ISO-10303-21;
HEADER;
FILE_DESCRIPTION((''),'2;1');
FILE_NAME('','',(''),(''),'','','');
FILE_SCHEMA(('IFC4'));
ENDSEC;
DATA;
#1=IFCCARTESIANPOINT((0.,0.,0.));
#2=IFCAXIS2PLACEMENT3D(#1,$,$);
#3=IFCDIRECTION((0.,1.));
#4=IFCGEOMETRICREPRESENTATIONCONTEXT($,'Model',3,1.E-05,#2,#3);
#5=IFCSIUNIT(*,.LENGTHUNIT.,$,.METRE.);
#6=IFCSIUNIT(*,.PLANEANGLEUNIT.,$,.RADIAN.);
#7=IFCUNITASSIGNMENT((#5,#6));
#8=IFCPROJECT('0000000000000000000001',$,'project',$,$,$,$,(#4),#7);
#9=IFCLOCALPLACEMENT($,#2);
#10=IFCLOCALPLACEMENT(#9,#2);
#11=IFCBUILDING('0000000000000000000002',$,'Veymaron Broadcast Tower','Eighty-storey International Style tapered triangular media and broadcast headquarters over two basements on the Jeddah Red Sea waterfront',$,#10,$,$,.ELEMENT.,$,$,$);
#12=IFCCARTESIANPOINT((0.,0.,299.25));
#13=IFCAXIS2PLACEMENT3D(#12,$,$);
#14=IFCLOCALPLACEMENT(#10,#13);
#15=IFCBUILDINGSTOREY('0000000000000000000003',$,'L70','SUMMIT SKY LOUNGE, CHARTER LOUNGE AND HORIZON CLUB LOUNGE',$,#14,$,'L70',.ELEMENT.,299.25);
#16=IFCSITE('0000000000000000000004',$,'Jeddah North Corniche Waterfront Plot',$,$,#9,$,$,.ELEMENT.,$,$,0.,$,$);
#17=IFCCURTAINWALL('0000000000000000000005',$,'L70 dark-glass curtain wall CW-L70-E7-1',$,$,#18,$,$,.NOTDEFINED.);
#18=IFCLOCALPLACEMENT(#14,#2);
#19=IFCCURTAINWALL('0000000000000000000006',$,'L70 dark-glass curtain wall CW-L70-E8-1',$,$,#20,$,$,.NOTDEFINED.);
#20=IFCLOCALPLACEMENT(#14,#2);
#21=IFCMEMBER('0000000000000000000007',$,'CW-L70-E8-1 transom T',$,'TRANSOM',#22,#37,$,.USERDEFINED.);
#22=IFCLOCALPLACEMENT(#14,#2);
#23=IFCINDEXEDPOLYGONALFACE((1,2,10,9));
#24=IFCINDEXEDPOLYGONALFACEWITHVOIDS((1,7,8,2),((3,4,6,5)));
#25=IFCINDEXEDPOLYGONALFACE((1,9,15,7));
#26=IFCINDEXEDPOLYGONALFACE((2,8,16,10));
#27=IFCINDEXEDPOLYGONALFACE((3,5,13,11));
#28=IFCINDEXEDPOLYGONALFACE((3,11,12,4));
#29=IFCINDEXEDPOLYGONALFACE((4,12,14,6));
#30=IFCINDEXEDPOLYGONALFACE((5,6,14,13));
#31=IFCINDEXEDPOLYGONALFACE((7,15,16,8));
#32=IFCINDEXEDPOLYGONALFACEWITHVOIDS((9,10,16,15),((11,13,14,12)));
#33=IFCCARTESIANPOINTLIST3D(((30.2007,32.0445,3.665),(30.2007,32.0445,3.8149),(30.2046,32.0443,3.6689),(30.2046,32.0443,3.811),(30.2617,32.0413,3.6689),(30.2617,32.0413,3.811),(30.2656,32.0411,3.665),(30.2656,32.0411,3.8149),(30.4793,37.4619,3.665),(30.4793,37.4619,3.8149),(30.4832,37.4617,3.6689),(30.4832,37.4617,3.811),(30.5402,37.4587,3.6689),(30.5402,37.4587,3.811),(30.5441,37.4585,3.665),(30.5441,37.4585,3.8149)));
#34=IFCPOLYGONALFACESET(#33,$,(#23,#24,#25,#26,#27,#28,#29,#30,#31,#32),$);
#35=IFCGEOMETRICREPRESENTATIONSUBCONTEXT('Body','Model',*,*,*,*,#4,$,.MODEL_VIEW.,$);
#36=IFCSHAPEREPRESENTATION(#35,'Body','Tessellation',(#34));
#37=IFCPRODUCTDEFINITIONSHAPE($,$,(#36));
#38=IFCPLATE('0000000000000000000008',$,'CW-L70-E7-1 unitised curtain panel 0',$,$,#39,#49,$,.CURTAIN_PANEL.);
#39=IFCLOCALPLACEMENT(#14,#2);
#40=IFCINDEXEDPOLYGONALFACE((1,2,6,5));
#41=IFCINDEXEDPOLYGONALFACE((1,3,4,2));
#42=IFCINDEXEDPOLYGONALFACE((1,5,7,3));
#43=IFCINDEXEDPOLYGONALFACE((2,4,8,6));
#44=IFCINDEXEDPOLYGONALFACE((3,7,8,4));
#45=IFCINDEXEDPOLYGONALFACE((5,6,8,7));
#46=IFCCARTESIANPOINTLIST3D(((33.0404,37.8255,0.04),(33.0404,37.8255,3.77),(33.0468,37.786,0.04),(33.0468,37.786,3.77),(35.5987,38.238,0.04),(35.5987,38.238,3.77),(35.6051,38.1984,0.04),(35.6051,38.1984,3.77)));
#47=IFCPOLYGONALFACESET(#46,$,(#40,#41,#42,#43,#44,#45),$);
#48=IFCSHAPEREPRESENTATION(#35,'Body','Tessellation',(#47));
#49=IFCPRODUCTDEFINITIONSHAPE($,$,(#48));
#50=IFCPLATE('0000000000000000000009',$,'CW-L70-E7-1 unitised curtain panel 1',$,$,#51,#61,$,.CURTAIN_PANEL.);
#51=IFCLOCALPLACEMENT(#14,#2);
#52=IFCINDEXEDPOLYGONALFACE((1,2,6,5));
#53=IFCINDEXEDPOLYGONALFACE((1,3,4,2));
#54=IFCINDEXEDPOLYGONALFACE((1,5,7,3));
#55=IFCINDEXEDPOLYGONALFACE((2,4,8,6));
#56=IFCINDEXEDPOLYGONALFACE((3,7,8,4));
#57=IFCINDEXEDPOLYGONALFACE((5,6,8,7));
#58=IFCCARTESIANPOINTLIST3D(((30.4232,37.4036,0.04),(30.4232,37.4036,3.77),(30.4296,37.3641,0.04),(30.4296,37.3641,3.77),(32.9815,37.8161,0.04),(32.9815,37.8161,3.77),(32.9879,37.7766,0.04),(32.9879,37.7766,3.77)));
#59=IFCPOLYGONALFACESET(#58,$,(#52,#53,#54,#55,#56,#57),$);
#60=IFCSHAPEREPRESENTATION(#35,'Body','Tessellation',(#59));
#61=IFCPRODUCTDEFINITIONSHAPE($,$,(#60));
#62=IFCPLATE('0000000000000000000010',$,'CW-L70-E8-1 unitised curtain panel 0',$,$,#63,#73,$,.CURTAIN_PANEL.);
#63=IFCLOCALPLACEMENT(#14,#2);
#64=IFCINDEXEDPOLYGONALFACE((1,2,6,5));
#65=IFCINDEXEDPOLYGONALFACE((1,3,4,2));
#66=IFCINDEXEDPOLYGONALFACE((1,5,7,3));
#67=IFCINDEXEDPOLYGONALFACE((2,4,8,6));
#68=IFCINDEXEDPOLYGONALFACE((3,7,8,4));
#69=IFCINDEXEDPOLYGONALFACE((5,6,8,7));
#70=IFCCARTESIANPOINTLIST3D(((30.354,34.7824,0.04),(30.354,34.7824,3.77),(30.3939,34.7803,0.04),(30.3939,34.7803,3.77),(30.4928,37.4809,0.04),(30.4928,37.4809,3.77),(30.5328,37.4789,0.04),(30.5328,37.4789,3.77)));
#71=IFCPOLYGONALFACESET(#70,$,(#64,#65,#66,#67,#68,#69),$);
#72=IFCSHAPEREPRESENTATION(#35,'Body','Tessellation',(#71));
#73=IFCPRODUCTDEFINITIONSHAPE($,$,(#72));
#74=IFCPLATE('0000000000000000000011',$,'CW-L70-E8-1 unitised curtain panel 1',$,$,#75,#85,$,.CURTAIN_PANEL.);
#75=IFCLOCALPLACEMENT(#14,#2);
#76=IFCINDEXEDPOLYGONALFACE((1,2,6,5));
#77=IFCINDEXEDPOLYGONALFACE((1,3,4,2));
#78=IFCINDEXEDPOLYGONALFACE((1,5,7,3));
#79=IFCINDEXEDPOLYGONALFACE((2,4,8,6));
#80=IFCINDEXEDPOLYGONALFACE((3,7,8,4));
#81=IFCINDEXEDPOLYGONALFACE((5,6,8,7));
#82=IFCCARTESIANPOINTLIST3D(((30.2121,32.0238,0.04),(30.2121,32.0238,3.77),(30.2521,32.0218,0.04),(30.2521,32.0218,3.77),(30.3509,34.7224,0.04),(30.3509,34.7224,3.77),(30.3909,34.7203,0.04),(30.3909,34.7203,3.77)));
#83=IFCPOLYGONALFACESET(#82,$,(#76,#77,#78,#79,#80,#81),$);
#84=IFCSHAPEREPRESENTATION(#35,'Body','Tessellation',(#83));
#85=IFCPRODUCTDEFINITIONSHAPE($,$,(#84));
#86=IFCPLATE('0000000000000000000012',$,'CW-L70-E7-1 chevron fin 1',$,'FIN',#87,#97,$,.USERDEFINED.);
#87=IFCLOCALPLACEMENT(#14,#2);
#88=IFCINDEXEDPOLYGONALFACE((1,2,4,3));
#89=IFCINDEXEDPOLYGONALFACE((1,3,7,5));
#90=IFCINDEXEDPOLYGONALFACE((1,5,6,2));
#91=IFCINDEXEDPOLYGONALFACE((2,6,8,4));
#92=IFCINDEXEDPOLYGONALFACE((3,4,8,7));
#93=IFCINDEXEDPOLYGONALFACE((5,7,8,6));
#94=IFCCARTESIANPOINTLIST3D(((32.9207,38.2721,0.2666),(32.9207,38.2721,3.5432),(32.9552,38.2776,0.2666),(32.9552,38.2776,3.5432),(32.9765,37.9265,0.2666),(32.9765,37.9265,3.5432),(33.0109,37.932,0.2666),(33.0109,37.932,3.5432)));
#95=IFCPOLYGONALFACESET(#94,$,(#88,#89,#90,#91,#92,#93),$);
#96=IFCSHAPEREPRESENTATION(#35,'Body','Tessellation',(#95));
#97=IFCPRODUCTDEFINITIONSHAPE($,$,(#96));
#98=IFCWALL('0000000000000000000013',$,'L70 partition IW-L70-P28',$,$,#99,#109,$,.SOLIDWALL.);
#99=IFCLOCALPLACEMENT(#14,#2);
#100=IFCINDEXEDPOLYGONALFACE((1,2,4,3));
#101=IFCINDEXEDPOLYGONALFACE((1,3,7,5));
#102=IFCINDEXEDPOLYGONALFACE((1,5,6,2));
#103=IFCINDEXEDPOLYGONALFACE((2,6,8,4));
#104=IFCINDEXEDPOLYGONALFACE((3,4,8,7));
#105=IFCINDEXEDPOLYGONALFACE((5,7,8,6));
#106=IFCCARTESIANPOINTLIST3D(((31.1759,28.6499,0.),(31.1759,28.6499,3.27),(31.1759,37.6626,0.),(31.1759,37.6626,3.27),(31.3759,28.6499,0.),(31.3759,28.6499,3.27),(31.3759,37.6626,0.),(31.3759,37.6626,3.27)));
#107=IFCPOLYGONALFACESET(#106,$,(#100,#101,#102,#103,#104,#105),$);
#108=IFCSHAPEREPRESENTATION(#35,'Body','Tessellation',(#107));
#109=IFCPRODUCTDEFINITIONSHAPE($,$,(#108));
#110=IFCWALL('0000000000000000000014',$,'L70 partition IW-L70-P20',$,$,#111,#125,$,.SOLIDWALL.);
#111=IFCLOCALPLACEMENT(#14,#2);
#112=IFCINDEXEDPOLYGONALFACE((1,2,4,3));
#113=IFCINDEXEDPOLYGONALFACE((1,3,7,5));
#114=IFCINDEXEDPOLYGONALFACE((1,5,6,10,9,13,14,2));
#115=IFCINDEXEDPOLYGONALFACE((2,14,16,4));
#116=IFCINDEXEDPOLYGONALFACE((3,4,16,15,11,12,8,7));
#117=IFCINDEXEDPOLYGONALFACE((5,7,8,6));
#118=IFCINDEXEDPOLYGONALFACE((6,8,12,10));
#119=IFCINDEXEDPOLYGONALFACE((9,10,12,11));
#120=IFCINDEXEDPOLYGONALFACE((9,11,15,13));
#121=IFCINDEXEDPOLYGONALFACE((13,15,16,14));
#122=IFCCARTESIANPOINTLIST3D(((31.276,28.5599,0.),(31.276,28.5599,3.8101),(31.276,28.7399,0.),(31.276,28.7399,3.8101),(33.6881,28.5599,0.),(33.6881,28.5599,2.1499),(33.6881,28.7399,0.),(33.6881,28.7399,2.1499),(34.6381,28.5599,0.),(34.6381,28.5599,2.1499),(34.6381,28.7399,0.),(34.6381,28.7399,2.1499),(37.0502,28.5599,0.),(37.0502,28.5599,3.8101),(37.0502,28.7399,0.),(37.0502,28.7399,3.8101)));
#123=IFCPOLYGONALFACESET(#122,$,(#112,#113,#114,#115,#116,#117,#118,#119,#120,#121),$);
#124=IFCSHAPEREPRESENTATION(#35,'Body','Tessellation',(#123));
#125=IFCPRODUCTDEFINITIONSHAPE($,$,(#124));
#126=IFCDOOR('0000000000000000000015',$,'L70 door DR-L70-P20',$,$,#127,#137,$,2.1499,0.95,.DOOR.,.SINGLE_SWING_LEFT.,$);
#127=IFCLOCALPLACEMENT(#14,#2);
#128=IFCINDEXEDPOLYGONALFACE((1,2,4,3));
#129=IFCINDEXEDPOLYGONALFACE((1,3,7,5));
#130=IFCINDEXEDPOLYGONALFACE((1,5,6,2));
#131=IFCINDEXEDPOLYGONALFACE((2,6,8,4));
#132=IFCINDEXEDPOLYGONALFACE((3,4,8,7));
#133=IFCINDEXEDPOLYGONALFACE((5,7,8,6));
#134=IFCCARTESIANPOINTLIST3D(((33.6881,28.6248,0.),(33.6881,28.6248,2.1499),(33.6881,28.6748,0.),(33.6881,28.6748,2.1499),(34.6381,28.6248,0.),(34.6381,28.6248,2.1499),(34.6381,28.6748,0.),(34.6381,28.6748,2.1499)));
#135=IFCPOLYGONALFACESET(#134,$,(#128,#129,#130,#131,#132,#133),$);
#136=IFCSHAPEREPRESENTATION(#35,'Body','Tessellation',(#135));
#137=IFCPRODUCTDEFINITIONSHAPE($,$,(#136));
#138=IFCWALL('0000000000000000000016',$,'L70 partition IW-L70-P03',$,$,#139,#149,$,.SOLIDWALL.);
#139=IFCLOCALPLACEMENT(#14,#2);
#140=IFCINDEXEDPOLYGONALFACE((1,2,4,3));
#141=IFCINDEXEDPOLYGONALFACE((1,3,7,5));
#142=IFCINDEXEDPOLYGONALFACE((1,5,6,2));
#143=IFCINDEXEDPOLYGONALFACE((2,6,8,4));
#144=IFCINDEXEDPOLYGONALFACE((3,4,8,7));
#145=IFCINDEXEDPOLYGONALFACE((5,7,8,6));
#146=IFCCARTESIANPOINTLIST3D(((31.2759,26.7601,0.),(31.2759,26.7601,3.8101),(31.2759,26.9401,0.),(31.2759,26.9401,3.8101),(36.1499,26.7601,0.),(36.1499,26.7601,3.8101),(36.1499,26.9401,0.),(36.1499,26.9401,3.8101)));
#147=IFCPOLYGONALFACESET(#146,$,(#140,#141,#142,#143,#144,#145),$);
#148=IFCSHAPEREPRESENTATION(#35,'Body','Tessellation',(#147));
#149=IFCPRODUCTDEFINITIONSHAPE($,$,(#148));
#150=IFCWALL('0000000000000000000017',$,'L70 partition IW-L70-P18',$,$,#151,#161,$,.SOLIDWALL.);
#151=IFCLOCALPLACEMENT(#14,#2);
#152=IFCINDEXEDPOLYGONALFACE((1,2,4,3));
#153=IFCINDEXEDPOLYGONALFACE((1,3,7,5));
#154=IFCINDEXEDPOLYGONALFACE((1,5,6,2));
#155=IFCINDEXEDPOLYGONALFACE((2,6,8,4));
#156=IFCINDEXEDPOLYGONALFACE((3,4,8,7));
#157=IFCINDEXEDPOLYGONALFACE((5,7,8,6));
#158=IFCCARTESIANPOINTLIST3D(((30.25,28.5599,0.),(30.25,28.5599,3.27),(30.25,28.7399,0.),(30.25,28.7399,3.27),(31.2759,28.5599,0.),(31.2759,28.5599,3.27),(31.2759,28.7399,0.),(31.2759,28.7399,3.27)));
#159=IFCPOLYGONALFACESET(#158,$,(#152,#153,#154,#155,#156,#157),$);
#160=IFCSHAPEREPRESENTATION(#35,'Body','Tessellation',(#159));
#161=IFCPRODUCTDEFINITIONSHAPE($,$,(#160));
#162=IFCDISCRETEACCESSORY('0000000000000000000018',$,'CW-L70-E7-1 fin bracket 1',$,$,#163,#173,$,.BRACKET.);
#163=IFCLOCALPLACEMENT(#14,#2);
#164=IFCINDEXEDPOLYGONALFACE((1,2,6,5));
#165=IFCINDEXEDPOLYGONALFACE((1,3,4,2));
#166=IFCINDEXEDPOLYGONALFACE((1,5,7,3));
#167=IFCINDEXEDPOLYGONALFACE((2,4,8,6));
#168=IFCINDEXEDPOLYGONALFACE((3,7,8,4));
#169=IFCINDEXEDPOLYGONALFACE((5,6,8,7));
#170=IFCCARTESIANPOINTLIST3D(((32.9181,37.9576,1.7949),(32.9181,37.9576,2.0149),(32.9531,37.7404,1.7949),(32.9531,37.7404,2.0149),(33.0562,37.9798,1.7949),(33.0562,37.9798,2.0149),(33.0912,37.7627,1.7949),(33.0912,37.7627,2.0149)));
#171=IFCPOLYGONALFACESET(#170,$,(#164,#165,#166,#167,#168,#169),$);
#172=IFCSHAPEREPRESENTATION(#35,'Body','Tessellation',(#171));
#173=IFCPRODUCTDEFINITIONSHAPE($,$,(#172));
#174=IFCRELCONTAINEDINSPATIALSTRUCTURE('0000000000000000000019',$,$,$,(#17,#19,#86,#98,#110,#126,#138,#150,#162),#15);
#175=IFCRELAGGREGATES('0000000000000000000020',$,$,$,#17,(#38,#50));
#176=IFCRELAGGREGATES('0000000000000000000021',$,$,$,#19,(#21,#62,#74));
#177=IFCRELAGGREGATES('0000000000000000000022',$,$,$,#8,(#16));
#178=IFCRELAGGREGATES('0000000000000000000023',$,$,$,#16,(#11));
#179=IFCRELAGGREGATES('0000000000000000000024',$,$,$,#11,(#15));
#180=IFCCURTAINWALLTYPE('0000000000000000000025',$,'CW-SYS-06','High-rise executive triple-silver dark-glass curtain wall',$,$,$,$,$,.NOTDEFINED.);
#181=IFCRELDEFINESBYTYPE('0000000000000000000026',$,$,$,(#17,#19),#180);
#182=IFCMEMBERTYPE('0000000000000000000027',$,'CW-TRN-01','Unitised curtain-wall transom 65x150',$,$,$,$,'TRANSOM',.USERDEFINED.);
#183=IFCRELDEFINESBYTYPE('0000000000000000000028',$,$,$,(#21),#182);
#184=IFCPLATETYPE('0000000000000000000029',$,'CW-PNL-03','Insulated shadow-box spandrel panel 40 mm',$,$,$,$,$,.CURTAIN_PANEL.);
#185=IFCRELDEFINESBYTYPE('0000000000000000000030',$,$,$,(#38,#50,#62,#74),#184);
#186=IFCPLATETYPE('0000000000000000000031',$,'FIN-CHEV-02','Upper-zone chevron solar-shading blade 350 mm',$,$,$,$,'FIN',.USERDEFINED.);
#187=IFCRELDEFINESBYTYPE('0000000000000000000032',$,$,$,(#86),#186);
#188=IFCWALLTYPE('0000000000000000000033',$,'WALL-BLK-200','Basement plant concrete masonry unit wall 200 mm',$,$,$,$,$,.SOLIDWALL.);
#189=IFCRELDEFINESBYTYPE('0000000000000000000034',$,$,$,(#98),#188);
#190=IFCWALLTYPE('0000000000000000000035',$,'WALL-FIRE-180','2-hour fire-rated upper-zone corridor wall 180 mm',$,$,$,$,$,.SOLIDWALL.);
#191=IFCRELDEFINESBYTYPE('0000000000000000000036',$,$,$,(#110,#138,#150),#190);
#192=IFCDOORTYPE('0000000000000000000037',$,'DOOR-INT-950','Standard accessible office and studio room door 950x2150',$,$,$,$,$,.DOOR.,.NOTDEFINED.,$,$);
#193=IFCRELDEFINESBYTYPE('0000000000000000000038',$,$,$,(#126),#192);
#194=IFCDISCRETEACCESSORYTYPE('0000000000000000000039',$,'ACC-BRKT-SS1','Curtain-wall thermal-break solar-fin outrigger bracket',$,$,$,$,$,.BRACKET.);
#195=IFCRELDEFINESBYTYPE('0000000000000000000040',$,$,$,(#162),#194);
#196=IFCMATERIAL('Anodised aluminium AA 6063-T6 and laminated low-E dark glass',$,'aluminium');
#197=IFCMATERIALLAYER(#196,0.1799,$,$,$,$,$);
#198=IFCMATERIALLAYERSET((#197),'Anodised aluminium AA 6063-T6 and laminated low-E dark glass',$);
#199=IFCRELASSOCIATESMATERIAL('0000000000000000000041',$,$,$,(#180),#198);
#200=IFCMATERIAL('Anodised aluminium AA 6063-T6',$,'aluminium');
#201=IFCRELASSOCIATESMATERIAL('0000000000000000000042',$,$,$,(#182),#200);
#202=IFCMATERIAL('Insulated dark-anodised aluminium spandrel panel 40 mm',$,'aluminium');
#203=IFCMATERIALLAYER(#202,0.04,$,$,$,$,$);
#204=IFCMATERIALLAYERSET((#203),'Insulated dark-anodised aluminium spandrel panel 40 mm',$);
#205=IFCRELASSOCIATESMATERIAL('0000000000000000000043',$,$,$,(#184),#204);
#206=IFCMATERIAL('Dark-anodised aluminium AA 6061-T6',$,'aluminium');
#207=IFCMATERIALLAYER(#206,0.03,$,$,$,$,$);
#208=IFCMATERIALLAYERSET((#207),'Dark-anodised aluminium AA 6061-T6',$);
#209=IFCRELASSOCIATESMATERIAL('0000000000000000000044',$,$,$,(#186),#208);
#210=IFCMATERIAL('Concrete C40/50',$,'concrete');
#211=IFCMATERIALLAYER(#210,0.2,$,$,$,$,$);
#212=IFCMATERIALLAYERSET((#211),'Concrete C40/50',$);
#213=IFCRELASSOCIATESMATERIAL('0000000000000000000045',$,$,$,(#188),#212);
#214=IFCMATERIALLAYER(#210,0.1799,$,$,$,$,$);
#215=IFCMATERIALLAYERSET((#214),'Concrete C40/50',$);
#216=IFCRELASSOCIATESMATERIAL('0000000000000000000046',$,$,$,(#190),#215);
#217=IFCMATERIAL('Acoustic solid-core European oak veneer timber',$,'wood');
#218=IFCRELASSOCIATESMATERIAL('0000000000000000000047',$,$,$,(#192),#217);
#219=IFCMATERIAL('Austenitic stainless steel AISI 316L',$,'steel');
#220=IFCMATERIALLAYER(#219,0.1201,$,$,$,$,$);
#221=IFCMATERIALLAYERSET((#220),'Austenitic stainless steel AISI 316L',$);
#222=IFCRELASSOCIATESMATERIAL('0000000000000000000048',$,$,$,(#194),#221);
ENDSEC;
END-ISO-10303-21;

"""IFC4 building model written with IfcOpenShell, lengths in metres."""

from ifc_helpers import new_model, si_unit, direction, frame, frame_2d, origin, origin_2d, place, context, subcontext, project, spatial, rectangle, hollow_rectangle, extrude, material, layer, layer_set, material_profile, profile_set, type_object, element, fill, aggregate, save


model = new_model("IFC4")

# Units and contexts
model_context = context("Model", 3, precision=1e-05, world=origin(), true_north=direction((0.0, 1.0)))
body_context = subcontext(model_context, "Body", "Model", "MODEL_VIEW")
ifc_project = project(units=[si_unit("LENGTHUNIT", "METRE"), si_unit("PLANEANGLEUNIT", "RADIAN")], contexts=[model_context])

# Site, building, storey
site_placement = place(None, origin())
site = spatial("IfcSite", under=ifc_project, at=site_placement, Name="Jeddah North Corniche Waterfront Plot", CompositionType="ELEMENT", RefElevation=0.0)
building_placement = place(site_placement, origin())
building = spatial("IfcBuilding", under=site, at=building_placement, Name="Veymaron Broadcast Tower", Description="Eighty-storey International Style tapered triangular media and broadcast headquarters over two basements on the Jeddah Red Sea waterfront", CompositionType="ELEMENT")
storey_placement = place(building_placement, frame((0.0, 0.0, 299.25)))
storey = spatial("IfcBuildingStorey", under=building, at=storey_placement, Name="L70", Description="SUMMIT SKY LOUNGE, CHARTER LOUNGE AND HORIZON CLUB LOUNGE", LongName="L70", CompositionType="ELEMENT", Elevation=299.25)

# Shared definitions
ifc_material_1 = material(Name="Anodised aluminium AA 6063-T6 and laminated low-E dark glass", Category="aluminium")
ifc_layer_1 = layer(ifc_material_1, 0.1799)
ifc_layer_set_1 = layer_set([ifc_layer_1], Name="Anodised aluminium AA 6063-T6 and laminated low-E dark glass")
curtain_wall_type = type_object("IfcCurtainWallType", Name="CW-SYS-06", Description="High-rise executive triple-silver dark-glass curtain wall", PredefinedType="NOTDEFINED", material=ifc_layer_set_1)
ifc_material_2 = material(Name="Anodised aluminium AA 6063-T6", Category="aluminium")

# Curtain walls
curtain_wall_1_placement = place(storey_placement, origin())
curtain_wall_1 = element("IfcCurtainWall", 1, at=curtain_wall_1_placement, inside=storey, type_object=curtain_wall_type, Name="L70 dark-glass curtain wall CW-L70-E7-1", PredefinedType="NOTDEFINED")
curtain_wall_2_placement = place(storey_placement, origin())
curtain_wall_2 = element("IfcCurtainWall", 2, at=curtain_wall_2_placement, inside=storey, type_object=curtain_wall_type, Name="L70 dark-glass curtain wall CW-L70-E8-1", PredefinedType="NOTDEFINED")

# Member
ifc_material_profile_1 = material_profile(ifc_material_2, hollow_rectangle(XDim=0.0649, YDim=0.1499, WallThickness=0.0039, at=origin_2d()), Name="AL150X65X4")
ifc_profile_set_1 = profile_set([ifc_material_profile_1], Name="Anodised aluminium AA 6063-T6")
member_type_1 = type_object("IfcMemberType", Name="CW-TRN-01", Description="Unitised curtain-wall transom 65x150", ElementType="TRANSOM", PredefinedType="USERDEFINED", material=ifc_profile_set_1)
member_1_placement = place(storey_placement, frame((30.5117, 37.4602, 3.74), z_axis=(-0.051352, -0.998681, 0.0), x_axis=(0.998681, -0.051352, 0.0)))
member_1 = element("IfcMember", 3, at=member_1_placement, type_object=member_type_1, Name="CW-L70-E8-1 transom T", ObjectType="TRANSOM", PredefinedType="USERDEFINED", context=body_context, shape_type="SweptSolid", body=[
    extrude(hollow_rectangle(XDim=0.0649, YDim=0.1499, WallThickness=0.0039, at=origin_2d()), origin(), (0.0, 0.0, 1.0), 5.4246),
])

# Plates
ifc_material_3 = material(Name="Insulated dark-anodised aluminium spandrel panel 40 mm", Category="aluminium")
ifc_layer_2 = layer(ifc_material_3, 0.04)
ifc_layer_set_2 = layer_set([ifc_layer_2], Name="Insulated dark-anodised aluminium spandrel panel 40 mm")
plate_type_1 = type_object("IfcPlateType", Name="CW-PNL-03", Description="Insulated shadow-box spandrel panel 40 mm", PredefinedType="CURTAIN_PANEL", material=ifc_layer_set_2)
plate_1_placement = place(storey_placement, frame((34.3228, 38.012, 0.04), z_axis=(0.0, 0.0, 1.0), x_axis=(-0.98725, -0.159175, 0.0)))
plate_1 = element("IfcPlate", 4, at=plate_1_placement, type_object=plate_type_1, Name="CW-L70-E7-1 unitised curtain panel 0", PredefinedType="CURTAIN_PANEL", context=body_context, shape_type="SweptSolid", body=[
    extrude(rectangle(XDim=2.5913, YDim=0.04, at=origin_2d()), origin(), (0.0, 0.0, 1.0), 3.73),
])
plate_2_placement = place(storey_placement, frame((31.7056, 37.5901, 0.04), z_axis=(0.0, 0.0, 1.0), x_axis=(-0.98725, -0.159175, 0.0)))
plate_2 = element("IfcPlate", 5, at=plate_2_placement, type_object=plate_type_1, Name="CW-L70-E7-1 unitised curtain panel 1", PredefinedType="CURTAIN_PANEL", context=body_context, shape_type="SweptSolid", body=[
    extrude(rectangle(XDim=2.5913, YDim=0.04, at=origin_2d()), origin(), (0.0, 0.0, 1.0), 3.73),
])
aggregate(curtain_wall_1, [plate_1, plate_2])
plate_3_placement = place(storey_placement, frame((30.4434, 36.1306, 0.04), z_axis=(0.0, 0.0, 1.0), x_axis=(-0.051377, -0.998679, 0.0)))
plate_3 = element("IfcPlate", 6, at=plate_3_placement, type_object=plate_type_1, Name="CW-L70-E8-1 unitised curtain panel 0", PredefinedType="CURTAIN_PANEL", context=body_context, shape_type="SweptSolid", body=[
    extrude(rectangle(XDim=2.7021, YDim=0.04, at=origin_2d()), origin(), (0.0, 0.0, 1.0), 3.73),
])
plate_4_placement = place(storey_placement, frame((30.3015, 33.3721, 0.04), z_axis=(0.0, 0.0, 1.0), x_axis=(-0.051377, -0.998679, 0.0)))
plate_4 = element("IfcPlate", 7, at=plate_4_placement, type_object=plate_type_1, Name="CW-L70-E8-1 unitised curtain panel 1", PredefinedType="CURTAIN_PANEL", context=body_context, shape_type="SweptSolid", body=[
    extrude(rectangle(XDim=2.7021, YDim=0.04, at=origin_2d()), origin(), (0.0, 0.0, 1.0), 3.73),
])
aggregate(curtain_wall_2, [member_1, plate_3, plate_4])
ifc_material_4 = material(Name="Dark-anodised aluminium AA 6061-T6", Category="aluminium")
ifc_layer_3 = layer(ifc_material_4, 0.03)
ifc_layer_set_3 = layer_set([ifc_layer_3], Name="Dark-anodised aluminium AA 6061-T6")
plate_type_2 = type_object("IfcPlateType", Name="FIN-CHEV-02", Description="Upper-zone chevron solar-shading blade 350 mm", ElementType="FIN", PredefinedType="USERDEFINED", material=ifc_layer_set_3)
plate_5_placement = place(storey_placement, frame((32.9658, 38.1021, 0.2666), z_axis=(0.0, 0.0, 1.0), x_axis=(-0.159175, 0.98725, 0.0)))
element("IfcPlate", 8, at=plate_5_placement, inside=storey, type_object=plate_type_2, Name="CW-L70-E7-1 chevron fin 1", ObjectType="FIN", PredefinedType="USERDEFINED", context=body_context, shape_type="SweptSolid", body=[
    extrude(rectangle(XDim=0.3501, YDim=0.0349, at=origin_2d()), origin(), (0.0, 0.0, 1.0), 3.2766),
])

# Wall
ifc_material_5 = material(Name="Concrete C40/50", Category="concrete")
ifc_layer_4 = layer(ifc_material_5, 0.2)
ifc_layer_set_4 = layer_set([ifc_layer_4], Name="Concrete C40/50")
wall_type_1 = type_object("IfcWallType", Name="WALL-BLK-200", Description="Basement plant concrete masonry unit wall 200 mm", PredefinedType="SOLIDWALL", material=ifc_layer_set_4)
wall_1_placement = place(storey_placement, frame((31.2759, 28.6499, 0.0), z_axis=(0.0, 0.0, 1.0), x_axis=(0.0, 1.0, 0.0)))
element("IfcWall", 9, at=wall_1_placement, inside=storey, type_object=wall_type_1, Name="L70 partition IW-L70-P28", PredefinedType="SOLIDWALL", context=body_context, shape_type="SweptSolid", body=[
    extrude(rectangle(XDim=9.0127, YDim=0.2, at=frame_2d((4.5063, 0.0))), origin(), (0.0, 0.0, 1.0), 3.27),
])

# Wall, opening, door
ifc_layer_5 = layer(ifc_material_5, 0.1799)
ifc_layer_set_5 = layer_set([ifc_layer_5], Name="Concrete C40/50")
wall_type_2 = type_object("IfcWallType", Name="WALL-FIRE-180", Description="2-hour fire-rated upper-zone corridor wall 180 mm", PredefinedType="SOLIDWALL", material=ifc_layer_set_5)
wall_2_placement = place(storey_placement, frame((31.2759, 28.6499, 0.0), z_axis=(0.0, 0.0, 1.0), x_axis=(1.0, 0.0, 0.0)))
wall_2 = element("IfcWall", 10, at=wall_2_placement, inside=storey, type_object=wall_type_2, Name="L70 partition IW-L70-P20", PredefinedType="SOLIDWALL", context=body_context, shape_type="SweptSolid", body=[
    extrude(rectangle(XDim=5.7742, YDim=0.1799, at=frame_2d((2.8872, 0.0))), origin(), (0.0, 0.0, 1.0), 3.8101),
])
opening_placement = place(wall_2_placement, frame((2.4121, 0.0, 0.0)))
opening = element("IfcOpeningElement", 11, at=opening_placement, cuts=wall_2, PredefinedType="OPENING", context=body_context, shape_type="SweptSolid", body=[
    extrude(rectangle(XDim=0.95, YDim=2.1499, at=frame_2d((0.4751, 1.075))), frame((0.0, 0.1001, 0.0), z_axis=(0.0, -1.0, 0.0), x_axis=(1.0, 0.0, 0.0)), (0.0, 0.0, 1.0), 0.2),
])
ifc_material_6 = material(Name="Acoustic solid-core European oak veneer timber", Category="wood")
door_type = type_object("IfcDoorType", Name="DOOR-INT-950", Description="Standard accessible office and studio room door 950x2150", OperationType="NOTDEFINED", PredefinedType="DOOR", material=ifc_material_6)
door_placement = place(opening_placement, origin())
door = element("IfcDoor", 12, at=door_placement, inside=storey, type_object=door_type, Name="L70 door DR-L70-P20", OperationType="SINGLE_SWING_LEFT", OverallHeight=2.1499, OverallWidth=0.95, PredefinedType="DOOR", context=body_context, shape_type="SweptSolid", body=[
    extrude(rectangle(XDim=0.95, YDim=2.1499, at=frame_2d((0.4751, 1.075))), frame((0.0, 0.0249, 0.0), z_axis=(0.0, -1.0, 0.0), x_axis=(1.0, 0.0, 0.0)), (0.0, 0.0, 1.0), 0.05),
])
fill(opening, door)

# Walls
wall_3_placement = place(storey_placement, frame((31.2759, 26.8501, 0.0), z_axis=(0.0, 0.0, 1.0), x_axis=(1.0, 0.0, 0.0)))
element("IfcWall", 13, at=wall_3_placement, inside=storey, type_object=wall_type_2, Name="L70 partition IW-L70-P03", PredefinedType="SOLIDWALL", context=body_context, shape_type="SweptSolid", body=[
    extrude(rectangle(XDim=4.874, YDim=0.1799, at=frame_2d((2.437, 0.0))), origin(), (0.0, 0.0, 1.0), 3.8101),
])
wall_4_placement = place(storey_placement, frame((30.25, 28.6499, 0.0), z_axis=(0.0, 0.0, 1.0), x_axis=(1.0, 0.0, 0.0)))
element("IfcWall", 14, at=wall_4_placement, inside=storey, type_object=wall_type_2, Name="L70 partition IW-L70-P18", PredefinedType="SOLIDWALL", context=body_context, shape_type="SweptSolid", body=[
    extrude(rectangle(XDim=1.0259, YDim=0.1799, at=frame_2d((0.5129, 0.0))), origin(), (0.0, 0.0, 1.0), 3.27),
])

# Discrete accessory
ifc_material_7 = material(Name="Austenitic stainless steel AISI 316L", Category="steel")
ifc_layer_6 = layer(ifc_material_7, 0.1201)
ifc_layer_set_6 = layer_set([ifc_layer_6], Name="Austenitic stainless steel AISI 316L")
discrete_accessory_type = type_object("IfcDiscreteAccessoryType", Name="ACC-BRKT-SS1", Description="Curtain-wall thermal-break solar-fin outrigger bracket", PredefinedType="BRACKET", material=ifc_layer_set_6)
discrete_accessory_placement = place(storey_placement, frame((33.0046, 37.8601, 1.7949), z_axis=(0.0, 0.0, 1.0), x_axis=(-0.159175, 0.98725, 0.0)))
element("IfcDiscreteAccessory", 15, at=discrete_accessory_placement, inside=storey, type_object=discrete_accessory_type, Name="CW-L70-E7-1 fin bracket 1", PredefinedType="BRACKET", context=body_context, shape_type="SweptSolid", body=[
    extrude(rectangle(XDim=0.22, YDim=0.1399, at=origin_2d()), origin(), (0.0, 0.0, 1.0), 0.22),
])

save(model, "model.ifc")
